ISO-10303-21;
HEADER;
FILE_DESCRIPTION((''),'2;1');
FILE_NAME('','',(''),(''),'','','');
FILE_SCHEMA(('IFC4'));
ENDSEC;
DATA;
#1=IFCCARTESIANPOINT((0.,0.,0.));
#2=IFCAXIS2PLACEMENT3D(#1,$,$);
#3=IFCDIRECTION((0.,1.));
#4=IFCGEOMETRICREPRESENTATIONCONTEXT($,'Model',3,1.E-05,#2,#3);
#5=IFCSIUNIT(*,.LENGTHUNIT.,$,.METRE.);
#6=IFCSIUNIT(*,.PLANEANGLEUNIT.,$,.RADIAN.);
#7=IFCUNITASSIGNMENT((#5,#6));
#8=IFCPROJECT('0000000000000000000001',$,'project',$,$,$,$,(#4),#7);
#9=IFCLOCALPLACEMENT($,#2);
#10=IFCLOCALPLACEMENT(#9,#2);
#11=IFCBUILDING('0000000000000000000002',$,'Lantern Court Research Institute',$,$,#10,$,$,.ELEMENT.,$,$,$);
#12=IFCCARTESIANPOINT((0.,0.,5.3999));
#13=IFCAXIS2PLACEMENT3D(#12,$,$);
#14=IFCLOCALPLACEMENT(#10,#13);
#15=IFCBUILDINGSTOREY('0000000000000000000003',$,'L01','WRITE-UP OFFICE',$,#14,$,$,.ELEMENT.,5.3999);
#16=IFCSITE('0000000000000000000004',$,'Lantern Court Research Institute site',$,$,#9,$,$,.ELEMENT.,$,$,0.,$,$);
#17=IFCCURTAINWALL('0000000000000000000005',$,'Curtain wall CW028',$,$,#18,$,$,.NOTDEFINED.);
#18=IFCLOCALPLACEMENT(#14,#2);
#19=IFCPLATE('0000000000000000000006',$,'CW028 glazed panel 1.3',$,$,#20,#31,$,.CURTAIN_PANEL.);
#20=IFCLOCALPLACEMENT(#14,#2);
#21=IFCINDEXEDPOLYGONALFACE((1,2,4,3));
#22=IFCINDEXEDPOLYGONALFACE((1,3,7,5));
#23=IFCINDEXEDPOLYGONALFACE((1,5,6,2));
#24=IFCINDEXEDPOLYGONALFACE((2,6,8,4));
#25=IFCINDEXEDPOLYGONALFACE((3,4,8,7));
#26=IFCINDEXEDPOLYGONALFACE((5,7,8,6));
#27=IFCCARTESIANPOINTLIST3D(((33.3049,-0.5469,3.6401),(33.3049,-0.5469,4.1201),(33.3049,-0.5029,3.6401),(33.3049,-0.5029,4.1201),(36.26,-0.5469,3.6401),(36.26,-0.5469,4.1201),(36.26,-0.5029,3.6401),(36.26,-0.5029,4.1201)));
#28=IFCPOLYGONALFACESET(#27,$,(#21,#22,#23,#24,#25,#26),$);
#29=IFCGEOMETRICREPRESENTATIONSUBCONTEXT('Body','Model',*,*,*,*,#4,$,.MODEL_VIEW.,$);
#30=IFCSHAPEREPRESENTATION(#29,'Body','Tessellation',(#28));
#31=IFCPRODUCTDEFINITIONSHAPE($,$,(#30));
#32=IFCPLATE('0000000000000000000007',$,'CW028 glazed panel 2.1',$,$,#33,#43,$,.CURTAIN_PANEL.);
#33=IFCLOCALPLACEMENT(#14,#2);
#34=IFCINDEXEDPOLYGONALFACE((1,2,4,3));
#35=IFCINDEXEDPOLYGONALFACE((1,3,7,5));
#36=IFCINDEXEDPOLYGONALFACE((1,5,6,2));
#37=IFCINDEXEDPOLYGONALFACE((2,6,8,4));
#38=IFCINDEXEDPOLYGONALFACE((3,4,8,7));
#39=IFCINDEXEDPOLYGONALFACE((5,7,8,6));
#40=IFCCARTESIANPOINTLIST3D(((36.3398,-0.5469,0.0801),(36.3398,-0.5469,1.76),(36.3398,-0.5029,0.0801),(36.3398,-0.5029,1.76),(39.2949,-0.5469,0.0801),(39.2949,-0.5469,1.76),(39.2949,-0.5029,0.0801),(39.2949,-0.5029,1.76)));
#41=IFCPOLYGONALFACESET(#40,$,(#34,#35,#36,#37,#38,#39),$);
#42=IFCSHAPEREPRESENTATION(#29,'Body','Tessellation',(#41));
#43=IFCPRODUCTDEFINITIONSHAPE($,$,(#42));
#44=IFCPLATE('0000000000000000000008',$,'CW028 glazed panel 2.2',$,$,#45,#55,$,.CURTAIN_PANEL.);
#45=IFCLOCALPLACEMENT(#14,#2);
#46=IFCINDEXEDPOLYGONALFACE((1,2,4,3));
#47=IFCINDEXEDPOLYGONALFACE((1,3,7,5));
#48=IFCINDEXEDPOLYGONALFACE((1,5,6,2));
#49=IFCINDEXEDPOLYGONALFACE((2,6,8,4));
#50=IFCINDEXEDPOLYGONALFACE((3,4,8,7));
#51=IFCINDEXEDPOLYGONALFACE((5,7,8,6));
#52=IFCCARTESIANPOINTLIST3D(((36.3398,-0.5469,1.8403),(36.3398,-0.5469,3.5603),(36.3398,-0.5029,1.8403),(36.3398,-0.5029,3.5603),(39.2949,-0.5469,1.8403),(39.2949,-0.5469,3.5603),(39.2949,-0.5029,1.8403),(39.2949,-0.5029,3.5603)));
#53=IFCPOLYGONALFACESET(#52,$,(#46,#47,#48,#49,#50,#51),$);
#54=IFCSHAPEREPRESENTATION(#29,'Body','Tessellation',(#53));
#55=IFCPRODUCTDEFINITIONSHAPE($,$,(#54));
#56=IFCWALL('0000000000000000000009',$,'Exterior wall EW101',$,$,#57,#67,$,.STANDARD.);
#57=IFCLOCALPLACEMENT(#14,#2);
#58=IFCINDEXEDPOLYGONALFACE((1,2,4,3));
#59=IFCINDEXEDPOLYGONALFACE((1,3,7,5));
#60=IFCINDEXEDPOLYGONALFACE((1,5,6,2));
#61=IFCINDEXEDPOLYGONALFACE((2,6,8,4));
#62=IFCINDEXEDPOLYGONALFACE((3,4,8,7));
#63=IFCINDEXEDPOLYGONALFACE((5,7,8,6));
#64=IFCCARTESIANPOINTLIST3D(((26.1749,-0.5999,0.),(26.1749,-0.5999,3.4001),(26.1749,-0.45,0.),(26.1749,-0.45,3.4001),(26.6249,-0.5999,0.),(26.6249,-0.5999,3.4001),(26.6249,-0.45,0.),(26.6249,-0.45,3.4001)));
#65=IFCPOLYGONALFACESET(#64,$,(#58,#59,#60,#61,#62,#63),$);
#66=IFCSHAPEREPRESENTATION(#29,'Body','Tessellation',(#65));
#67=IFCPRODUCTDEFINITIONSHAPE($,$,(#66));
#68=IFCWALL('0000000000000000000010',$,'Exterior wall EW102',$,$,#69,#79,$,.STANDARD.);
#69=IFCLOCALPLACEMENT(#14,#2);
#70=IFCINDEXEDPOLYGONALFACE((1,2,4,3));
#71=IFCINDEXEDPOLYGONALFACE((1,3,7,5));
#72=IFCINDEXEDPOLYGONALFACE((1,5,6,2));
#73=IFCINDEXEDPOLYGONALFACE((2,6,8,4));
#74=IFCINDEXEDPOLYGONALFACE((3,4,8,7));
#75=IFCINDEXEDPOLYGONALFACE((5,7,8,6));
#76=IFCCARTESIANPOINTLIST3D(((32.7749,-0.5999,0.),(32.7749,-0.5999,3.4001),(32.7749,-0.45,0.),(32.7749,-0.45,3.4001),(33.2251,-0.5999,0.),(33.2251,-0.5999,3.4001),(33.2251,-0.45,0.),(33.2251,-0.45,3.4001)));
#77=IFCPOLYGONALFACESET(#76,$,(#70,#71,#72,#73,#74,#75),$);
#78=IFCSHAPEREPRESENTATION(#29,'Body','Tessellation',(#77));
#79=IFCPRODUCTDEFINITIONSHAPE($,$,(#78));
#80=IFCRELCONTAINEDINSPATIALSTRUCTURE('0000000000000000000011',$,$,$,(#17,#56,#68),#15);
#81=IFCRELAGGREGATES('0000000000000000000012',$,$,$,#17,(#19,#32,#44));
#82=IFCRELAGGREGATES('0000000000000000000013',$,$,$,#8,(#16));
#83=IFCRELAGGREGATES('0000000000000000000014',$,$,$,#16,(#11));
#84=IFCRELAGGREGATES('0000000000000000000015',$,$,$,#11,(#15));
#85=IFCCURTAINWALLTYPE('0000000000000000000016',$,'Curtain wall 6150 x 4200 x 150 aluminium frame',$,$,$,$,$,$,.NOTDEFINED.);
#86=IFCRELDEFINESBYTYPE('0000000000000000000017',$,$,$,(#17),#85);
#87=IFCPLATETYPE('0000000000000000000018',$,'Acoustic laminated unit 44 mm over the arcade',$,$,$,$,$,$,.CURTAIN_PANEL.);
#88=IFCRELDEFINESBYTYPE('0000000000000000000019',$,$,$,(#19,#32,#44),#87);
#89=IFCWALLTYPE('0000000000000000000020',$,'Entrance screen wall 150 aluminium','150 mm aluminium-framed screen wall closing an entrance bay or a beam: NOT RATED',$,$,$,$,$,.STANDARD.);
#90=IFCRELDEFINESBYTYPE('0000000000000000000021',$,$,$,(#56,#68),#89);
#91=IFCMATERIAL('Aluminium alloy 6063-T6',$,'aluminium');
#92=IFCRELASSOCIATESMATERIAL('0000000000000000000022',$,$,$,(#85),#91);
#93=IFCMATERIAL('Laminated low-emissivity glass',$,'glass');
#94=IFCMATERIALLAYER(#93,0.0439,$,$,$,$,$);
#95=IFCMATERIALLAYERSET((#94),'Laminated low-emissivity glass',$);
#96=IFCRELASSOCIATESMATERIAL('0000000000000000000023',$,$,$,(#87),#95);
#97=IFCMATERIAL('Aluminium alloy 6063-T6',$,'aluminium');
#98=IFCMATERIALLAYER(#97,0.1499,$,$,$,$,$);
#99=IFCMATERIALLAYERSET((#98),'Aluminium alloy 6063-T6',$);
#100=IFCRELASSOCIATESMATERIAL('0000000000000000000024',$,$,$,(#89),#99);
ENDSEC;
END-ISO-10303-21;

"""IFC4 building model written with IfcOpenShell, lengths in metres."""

from ifc_helpers import new_model, si_unit, direction, frame, frame_2d, origin, origin_2d, place, context, subcontext, project, spatial, rectangle, extrude, material, layer, layer_set, type_object, element, aggregate, save


model = new_model("IFC4")

# Units and contexts
model_context = context("Model", 3, precision=1e-05, world=origin(), true_north=direction((0.0, 1.0)))
body_context = subcontext(model_context, "Body", "Model", "MODEL_VIEW")
ifc_project = project(units=[si_unit("LENGTHUNIT", "METRE"), si_unit("PLANEANGLEUNIT", "RADIAN")], contexts=[model_context])

# Site, building, storey
site_placement = place(None, origin())
site = spatial("IfcSite", under=ifc_project, at=site_placement, Name="Lantern Court Research Institute site", CompositionType="ELEMENT", RefElevation=0.0)
building_placement = place(site_placement, origin())
building = spatial("IfcBuilding", under=site, at=building_placement, Name="Lantern Court Research Institute", CompositionType="ELEMENT")
storey_placement = place(building_placement, frame((0.0, 0.0, 5.3999)))
storey = spatial("IfcBuildingStorey", under=building, at=storey_placement, Name="L01", Description="WRITE-UP OFFICE", CompositionType="ELEMENT", Elevation=5.3999)

# Curtain wall
ifc_material_1 = material(Name="Aluminium alloy 6063-T6", Category="aluminium")
curtain_wall_type = type_object("IfcCurtainWallType", Name="Curtain wall 6150 x 4200 x 150 aluminium frame", PredefinedType="NOTDEFINED", material=ifc_material_1)
curtain_wall_1_placement = place(storey_placement, origin())
curtain_wall_1 = element("IfcCurtainWall", 1, at=curtain_wall_1_placement, inside=storey, type_object=curtain_wall_type, Name="Curtain wall CW028", PredefinedType="NOTDEFINED")

# Plates
ifc_material_2 = material(Name="Laminated low-emissivity glass", Category="glass")
ifc_layer_1 = layer(ifc_material_2, 0.0439)
ifc_layer_set_1 = layer_set([ifc_layer_1], Name="Laminated low-emissivity glass")
plate_type = type_object("IfcPlateType", Name="Acoustic laminated unit 44 mm over the arcade", PredefinedType="CURTAIN_PANEL", material=ifc_layer_set_1)
plate_1_placement = place(storey_placement, frame((34.7825, -0.5249, 3.6401), z_axis=(0.0, 0.0, 1.0), x_axis=(-1.0, 0.0, 0.0)))
plate_1 = element("IfcPlate", 2, at=plate_1_placement, type_object=plate_type, Name="CW028 glazed panel 1.3", PredefinedType="CURTAIN_PANEL", context=body_context, shape_type="SweptSolid", body=[
    extrude(rectangle(XDim=2.9551, YDim=0.0439, at=origin_2d()), origin(), (0.0, 0.0, 1.0), 0.48),
])
plate_2_placement = place(storey_placement, frame((37.8174, -0.5249, 0.0801), z_axis=(0.0, 0.0, 1.0), x_axis=(-1.0, 0.0, 0.0)))
plate_2 = element("IfcPlate", 3, at=plate_2_placement, type_object=plate_type, Name="CW028 glazed panel 2.1", PredefinedType="CURTAIN_PANEL", context=body_context, shape_type="SweptSolid", body=[
    extrude(rectangle(XDim=2.9551, YDim=0.0439, at=origin_2d()), origin(), (0.0, 0.0, 1.0), 1.6799),
])
plate_3_placement = place(storey_placement, frame((37.8174, -0.5249, 1.8403), z_axis=(0.0, 0.0, 1.0), x_axis=(-1.0, 0.0, 0.0)))
plate_3 = element("IfcPlate", 4, at=plate_3_placement, type_object=plate_type, Name="CW028 glazed panel 2.2", PredefinedType="CURTAIN_PANEL", context=body_context, shape_type="SweptSolid", body=[
    extrude(rectangle(XDim=2.9551, YDim=0.0439, at=origin_2d()), origin(), (0.0, 0.0, 1.0), 1.72),
])
aggregate(curtain_wall_1, [plate_1, plate_2, plate_3])

# Walls
ifc_material_3 = material(Name="Aluminium alloy 6063-T6", Category="aluminium")
ifc_layer_2 = layer(ifc_material_3, 0.1499)
ifc_layer_set_2 = layer_set([ifc_layer_2], Name="Aluminium alloy 6063-T6")
wall_type = type_object("IfcWallType", Name="Entrance screen wall 150 aluminium", Description="150 mm aluminium-framed screen wall closing an entrance bay or a beam: NOT RATED", PredefinedType="STANDARD", material=ifc_layer_set_2)
wall_1_placement = place(storey_placement, frame((26.625, -0.5249, 0.0), z_axis=(0.0, 0.0, 1.0), x_axis=(-1.0, 0.0, 0.0)))
element("IfcWall", 5, at=wall_1_placement, inside=storey, type_object=wall_type, Name="Exterior wall EW101", PredefinedType="STANDARD", context=body_context, shape_type="SweptSolid", body=[
    extrude(rectangle(XDim=0.45, YDim=0.1499, at=frame_2d((0.2251, 0.0))), origin(), (0.0, 0.0, 1.0), 3.4001),
])
wall_2_placement = place(storey_placement, frame((33.2251, -0.5249, 0.0), z_axis=(0.0, 0.0, 1.0), x_axis=(-1.0, 0.0, 0.0)))
element("IfcWall", 6, at=wall_2_placement, inside=storey, type_object=wall_type, Name="Exterior wall EW102", PredefinedType="STANDARD", context=body_context, shape_type="SweptSolid", body=[
    extrude(rectangle(XDim=0.4502, YDim=0.1499, at=frame_2d((0.2251, 0.0))), origin(), (0.0, 0.0, 1.0), 3.4001),
])

save(model, "model.ifc")
